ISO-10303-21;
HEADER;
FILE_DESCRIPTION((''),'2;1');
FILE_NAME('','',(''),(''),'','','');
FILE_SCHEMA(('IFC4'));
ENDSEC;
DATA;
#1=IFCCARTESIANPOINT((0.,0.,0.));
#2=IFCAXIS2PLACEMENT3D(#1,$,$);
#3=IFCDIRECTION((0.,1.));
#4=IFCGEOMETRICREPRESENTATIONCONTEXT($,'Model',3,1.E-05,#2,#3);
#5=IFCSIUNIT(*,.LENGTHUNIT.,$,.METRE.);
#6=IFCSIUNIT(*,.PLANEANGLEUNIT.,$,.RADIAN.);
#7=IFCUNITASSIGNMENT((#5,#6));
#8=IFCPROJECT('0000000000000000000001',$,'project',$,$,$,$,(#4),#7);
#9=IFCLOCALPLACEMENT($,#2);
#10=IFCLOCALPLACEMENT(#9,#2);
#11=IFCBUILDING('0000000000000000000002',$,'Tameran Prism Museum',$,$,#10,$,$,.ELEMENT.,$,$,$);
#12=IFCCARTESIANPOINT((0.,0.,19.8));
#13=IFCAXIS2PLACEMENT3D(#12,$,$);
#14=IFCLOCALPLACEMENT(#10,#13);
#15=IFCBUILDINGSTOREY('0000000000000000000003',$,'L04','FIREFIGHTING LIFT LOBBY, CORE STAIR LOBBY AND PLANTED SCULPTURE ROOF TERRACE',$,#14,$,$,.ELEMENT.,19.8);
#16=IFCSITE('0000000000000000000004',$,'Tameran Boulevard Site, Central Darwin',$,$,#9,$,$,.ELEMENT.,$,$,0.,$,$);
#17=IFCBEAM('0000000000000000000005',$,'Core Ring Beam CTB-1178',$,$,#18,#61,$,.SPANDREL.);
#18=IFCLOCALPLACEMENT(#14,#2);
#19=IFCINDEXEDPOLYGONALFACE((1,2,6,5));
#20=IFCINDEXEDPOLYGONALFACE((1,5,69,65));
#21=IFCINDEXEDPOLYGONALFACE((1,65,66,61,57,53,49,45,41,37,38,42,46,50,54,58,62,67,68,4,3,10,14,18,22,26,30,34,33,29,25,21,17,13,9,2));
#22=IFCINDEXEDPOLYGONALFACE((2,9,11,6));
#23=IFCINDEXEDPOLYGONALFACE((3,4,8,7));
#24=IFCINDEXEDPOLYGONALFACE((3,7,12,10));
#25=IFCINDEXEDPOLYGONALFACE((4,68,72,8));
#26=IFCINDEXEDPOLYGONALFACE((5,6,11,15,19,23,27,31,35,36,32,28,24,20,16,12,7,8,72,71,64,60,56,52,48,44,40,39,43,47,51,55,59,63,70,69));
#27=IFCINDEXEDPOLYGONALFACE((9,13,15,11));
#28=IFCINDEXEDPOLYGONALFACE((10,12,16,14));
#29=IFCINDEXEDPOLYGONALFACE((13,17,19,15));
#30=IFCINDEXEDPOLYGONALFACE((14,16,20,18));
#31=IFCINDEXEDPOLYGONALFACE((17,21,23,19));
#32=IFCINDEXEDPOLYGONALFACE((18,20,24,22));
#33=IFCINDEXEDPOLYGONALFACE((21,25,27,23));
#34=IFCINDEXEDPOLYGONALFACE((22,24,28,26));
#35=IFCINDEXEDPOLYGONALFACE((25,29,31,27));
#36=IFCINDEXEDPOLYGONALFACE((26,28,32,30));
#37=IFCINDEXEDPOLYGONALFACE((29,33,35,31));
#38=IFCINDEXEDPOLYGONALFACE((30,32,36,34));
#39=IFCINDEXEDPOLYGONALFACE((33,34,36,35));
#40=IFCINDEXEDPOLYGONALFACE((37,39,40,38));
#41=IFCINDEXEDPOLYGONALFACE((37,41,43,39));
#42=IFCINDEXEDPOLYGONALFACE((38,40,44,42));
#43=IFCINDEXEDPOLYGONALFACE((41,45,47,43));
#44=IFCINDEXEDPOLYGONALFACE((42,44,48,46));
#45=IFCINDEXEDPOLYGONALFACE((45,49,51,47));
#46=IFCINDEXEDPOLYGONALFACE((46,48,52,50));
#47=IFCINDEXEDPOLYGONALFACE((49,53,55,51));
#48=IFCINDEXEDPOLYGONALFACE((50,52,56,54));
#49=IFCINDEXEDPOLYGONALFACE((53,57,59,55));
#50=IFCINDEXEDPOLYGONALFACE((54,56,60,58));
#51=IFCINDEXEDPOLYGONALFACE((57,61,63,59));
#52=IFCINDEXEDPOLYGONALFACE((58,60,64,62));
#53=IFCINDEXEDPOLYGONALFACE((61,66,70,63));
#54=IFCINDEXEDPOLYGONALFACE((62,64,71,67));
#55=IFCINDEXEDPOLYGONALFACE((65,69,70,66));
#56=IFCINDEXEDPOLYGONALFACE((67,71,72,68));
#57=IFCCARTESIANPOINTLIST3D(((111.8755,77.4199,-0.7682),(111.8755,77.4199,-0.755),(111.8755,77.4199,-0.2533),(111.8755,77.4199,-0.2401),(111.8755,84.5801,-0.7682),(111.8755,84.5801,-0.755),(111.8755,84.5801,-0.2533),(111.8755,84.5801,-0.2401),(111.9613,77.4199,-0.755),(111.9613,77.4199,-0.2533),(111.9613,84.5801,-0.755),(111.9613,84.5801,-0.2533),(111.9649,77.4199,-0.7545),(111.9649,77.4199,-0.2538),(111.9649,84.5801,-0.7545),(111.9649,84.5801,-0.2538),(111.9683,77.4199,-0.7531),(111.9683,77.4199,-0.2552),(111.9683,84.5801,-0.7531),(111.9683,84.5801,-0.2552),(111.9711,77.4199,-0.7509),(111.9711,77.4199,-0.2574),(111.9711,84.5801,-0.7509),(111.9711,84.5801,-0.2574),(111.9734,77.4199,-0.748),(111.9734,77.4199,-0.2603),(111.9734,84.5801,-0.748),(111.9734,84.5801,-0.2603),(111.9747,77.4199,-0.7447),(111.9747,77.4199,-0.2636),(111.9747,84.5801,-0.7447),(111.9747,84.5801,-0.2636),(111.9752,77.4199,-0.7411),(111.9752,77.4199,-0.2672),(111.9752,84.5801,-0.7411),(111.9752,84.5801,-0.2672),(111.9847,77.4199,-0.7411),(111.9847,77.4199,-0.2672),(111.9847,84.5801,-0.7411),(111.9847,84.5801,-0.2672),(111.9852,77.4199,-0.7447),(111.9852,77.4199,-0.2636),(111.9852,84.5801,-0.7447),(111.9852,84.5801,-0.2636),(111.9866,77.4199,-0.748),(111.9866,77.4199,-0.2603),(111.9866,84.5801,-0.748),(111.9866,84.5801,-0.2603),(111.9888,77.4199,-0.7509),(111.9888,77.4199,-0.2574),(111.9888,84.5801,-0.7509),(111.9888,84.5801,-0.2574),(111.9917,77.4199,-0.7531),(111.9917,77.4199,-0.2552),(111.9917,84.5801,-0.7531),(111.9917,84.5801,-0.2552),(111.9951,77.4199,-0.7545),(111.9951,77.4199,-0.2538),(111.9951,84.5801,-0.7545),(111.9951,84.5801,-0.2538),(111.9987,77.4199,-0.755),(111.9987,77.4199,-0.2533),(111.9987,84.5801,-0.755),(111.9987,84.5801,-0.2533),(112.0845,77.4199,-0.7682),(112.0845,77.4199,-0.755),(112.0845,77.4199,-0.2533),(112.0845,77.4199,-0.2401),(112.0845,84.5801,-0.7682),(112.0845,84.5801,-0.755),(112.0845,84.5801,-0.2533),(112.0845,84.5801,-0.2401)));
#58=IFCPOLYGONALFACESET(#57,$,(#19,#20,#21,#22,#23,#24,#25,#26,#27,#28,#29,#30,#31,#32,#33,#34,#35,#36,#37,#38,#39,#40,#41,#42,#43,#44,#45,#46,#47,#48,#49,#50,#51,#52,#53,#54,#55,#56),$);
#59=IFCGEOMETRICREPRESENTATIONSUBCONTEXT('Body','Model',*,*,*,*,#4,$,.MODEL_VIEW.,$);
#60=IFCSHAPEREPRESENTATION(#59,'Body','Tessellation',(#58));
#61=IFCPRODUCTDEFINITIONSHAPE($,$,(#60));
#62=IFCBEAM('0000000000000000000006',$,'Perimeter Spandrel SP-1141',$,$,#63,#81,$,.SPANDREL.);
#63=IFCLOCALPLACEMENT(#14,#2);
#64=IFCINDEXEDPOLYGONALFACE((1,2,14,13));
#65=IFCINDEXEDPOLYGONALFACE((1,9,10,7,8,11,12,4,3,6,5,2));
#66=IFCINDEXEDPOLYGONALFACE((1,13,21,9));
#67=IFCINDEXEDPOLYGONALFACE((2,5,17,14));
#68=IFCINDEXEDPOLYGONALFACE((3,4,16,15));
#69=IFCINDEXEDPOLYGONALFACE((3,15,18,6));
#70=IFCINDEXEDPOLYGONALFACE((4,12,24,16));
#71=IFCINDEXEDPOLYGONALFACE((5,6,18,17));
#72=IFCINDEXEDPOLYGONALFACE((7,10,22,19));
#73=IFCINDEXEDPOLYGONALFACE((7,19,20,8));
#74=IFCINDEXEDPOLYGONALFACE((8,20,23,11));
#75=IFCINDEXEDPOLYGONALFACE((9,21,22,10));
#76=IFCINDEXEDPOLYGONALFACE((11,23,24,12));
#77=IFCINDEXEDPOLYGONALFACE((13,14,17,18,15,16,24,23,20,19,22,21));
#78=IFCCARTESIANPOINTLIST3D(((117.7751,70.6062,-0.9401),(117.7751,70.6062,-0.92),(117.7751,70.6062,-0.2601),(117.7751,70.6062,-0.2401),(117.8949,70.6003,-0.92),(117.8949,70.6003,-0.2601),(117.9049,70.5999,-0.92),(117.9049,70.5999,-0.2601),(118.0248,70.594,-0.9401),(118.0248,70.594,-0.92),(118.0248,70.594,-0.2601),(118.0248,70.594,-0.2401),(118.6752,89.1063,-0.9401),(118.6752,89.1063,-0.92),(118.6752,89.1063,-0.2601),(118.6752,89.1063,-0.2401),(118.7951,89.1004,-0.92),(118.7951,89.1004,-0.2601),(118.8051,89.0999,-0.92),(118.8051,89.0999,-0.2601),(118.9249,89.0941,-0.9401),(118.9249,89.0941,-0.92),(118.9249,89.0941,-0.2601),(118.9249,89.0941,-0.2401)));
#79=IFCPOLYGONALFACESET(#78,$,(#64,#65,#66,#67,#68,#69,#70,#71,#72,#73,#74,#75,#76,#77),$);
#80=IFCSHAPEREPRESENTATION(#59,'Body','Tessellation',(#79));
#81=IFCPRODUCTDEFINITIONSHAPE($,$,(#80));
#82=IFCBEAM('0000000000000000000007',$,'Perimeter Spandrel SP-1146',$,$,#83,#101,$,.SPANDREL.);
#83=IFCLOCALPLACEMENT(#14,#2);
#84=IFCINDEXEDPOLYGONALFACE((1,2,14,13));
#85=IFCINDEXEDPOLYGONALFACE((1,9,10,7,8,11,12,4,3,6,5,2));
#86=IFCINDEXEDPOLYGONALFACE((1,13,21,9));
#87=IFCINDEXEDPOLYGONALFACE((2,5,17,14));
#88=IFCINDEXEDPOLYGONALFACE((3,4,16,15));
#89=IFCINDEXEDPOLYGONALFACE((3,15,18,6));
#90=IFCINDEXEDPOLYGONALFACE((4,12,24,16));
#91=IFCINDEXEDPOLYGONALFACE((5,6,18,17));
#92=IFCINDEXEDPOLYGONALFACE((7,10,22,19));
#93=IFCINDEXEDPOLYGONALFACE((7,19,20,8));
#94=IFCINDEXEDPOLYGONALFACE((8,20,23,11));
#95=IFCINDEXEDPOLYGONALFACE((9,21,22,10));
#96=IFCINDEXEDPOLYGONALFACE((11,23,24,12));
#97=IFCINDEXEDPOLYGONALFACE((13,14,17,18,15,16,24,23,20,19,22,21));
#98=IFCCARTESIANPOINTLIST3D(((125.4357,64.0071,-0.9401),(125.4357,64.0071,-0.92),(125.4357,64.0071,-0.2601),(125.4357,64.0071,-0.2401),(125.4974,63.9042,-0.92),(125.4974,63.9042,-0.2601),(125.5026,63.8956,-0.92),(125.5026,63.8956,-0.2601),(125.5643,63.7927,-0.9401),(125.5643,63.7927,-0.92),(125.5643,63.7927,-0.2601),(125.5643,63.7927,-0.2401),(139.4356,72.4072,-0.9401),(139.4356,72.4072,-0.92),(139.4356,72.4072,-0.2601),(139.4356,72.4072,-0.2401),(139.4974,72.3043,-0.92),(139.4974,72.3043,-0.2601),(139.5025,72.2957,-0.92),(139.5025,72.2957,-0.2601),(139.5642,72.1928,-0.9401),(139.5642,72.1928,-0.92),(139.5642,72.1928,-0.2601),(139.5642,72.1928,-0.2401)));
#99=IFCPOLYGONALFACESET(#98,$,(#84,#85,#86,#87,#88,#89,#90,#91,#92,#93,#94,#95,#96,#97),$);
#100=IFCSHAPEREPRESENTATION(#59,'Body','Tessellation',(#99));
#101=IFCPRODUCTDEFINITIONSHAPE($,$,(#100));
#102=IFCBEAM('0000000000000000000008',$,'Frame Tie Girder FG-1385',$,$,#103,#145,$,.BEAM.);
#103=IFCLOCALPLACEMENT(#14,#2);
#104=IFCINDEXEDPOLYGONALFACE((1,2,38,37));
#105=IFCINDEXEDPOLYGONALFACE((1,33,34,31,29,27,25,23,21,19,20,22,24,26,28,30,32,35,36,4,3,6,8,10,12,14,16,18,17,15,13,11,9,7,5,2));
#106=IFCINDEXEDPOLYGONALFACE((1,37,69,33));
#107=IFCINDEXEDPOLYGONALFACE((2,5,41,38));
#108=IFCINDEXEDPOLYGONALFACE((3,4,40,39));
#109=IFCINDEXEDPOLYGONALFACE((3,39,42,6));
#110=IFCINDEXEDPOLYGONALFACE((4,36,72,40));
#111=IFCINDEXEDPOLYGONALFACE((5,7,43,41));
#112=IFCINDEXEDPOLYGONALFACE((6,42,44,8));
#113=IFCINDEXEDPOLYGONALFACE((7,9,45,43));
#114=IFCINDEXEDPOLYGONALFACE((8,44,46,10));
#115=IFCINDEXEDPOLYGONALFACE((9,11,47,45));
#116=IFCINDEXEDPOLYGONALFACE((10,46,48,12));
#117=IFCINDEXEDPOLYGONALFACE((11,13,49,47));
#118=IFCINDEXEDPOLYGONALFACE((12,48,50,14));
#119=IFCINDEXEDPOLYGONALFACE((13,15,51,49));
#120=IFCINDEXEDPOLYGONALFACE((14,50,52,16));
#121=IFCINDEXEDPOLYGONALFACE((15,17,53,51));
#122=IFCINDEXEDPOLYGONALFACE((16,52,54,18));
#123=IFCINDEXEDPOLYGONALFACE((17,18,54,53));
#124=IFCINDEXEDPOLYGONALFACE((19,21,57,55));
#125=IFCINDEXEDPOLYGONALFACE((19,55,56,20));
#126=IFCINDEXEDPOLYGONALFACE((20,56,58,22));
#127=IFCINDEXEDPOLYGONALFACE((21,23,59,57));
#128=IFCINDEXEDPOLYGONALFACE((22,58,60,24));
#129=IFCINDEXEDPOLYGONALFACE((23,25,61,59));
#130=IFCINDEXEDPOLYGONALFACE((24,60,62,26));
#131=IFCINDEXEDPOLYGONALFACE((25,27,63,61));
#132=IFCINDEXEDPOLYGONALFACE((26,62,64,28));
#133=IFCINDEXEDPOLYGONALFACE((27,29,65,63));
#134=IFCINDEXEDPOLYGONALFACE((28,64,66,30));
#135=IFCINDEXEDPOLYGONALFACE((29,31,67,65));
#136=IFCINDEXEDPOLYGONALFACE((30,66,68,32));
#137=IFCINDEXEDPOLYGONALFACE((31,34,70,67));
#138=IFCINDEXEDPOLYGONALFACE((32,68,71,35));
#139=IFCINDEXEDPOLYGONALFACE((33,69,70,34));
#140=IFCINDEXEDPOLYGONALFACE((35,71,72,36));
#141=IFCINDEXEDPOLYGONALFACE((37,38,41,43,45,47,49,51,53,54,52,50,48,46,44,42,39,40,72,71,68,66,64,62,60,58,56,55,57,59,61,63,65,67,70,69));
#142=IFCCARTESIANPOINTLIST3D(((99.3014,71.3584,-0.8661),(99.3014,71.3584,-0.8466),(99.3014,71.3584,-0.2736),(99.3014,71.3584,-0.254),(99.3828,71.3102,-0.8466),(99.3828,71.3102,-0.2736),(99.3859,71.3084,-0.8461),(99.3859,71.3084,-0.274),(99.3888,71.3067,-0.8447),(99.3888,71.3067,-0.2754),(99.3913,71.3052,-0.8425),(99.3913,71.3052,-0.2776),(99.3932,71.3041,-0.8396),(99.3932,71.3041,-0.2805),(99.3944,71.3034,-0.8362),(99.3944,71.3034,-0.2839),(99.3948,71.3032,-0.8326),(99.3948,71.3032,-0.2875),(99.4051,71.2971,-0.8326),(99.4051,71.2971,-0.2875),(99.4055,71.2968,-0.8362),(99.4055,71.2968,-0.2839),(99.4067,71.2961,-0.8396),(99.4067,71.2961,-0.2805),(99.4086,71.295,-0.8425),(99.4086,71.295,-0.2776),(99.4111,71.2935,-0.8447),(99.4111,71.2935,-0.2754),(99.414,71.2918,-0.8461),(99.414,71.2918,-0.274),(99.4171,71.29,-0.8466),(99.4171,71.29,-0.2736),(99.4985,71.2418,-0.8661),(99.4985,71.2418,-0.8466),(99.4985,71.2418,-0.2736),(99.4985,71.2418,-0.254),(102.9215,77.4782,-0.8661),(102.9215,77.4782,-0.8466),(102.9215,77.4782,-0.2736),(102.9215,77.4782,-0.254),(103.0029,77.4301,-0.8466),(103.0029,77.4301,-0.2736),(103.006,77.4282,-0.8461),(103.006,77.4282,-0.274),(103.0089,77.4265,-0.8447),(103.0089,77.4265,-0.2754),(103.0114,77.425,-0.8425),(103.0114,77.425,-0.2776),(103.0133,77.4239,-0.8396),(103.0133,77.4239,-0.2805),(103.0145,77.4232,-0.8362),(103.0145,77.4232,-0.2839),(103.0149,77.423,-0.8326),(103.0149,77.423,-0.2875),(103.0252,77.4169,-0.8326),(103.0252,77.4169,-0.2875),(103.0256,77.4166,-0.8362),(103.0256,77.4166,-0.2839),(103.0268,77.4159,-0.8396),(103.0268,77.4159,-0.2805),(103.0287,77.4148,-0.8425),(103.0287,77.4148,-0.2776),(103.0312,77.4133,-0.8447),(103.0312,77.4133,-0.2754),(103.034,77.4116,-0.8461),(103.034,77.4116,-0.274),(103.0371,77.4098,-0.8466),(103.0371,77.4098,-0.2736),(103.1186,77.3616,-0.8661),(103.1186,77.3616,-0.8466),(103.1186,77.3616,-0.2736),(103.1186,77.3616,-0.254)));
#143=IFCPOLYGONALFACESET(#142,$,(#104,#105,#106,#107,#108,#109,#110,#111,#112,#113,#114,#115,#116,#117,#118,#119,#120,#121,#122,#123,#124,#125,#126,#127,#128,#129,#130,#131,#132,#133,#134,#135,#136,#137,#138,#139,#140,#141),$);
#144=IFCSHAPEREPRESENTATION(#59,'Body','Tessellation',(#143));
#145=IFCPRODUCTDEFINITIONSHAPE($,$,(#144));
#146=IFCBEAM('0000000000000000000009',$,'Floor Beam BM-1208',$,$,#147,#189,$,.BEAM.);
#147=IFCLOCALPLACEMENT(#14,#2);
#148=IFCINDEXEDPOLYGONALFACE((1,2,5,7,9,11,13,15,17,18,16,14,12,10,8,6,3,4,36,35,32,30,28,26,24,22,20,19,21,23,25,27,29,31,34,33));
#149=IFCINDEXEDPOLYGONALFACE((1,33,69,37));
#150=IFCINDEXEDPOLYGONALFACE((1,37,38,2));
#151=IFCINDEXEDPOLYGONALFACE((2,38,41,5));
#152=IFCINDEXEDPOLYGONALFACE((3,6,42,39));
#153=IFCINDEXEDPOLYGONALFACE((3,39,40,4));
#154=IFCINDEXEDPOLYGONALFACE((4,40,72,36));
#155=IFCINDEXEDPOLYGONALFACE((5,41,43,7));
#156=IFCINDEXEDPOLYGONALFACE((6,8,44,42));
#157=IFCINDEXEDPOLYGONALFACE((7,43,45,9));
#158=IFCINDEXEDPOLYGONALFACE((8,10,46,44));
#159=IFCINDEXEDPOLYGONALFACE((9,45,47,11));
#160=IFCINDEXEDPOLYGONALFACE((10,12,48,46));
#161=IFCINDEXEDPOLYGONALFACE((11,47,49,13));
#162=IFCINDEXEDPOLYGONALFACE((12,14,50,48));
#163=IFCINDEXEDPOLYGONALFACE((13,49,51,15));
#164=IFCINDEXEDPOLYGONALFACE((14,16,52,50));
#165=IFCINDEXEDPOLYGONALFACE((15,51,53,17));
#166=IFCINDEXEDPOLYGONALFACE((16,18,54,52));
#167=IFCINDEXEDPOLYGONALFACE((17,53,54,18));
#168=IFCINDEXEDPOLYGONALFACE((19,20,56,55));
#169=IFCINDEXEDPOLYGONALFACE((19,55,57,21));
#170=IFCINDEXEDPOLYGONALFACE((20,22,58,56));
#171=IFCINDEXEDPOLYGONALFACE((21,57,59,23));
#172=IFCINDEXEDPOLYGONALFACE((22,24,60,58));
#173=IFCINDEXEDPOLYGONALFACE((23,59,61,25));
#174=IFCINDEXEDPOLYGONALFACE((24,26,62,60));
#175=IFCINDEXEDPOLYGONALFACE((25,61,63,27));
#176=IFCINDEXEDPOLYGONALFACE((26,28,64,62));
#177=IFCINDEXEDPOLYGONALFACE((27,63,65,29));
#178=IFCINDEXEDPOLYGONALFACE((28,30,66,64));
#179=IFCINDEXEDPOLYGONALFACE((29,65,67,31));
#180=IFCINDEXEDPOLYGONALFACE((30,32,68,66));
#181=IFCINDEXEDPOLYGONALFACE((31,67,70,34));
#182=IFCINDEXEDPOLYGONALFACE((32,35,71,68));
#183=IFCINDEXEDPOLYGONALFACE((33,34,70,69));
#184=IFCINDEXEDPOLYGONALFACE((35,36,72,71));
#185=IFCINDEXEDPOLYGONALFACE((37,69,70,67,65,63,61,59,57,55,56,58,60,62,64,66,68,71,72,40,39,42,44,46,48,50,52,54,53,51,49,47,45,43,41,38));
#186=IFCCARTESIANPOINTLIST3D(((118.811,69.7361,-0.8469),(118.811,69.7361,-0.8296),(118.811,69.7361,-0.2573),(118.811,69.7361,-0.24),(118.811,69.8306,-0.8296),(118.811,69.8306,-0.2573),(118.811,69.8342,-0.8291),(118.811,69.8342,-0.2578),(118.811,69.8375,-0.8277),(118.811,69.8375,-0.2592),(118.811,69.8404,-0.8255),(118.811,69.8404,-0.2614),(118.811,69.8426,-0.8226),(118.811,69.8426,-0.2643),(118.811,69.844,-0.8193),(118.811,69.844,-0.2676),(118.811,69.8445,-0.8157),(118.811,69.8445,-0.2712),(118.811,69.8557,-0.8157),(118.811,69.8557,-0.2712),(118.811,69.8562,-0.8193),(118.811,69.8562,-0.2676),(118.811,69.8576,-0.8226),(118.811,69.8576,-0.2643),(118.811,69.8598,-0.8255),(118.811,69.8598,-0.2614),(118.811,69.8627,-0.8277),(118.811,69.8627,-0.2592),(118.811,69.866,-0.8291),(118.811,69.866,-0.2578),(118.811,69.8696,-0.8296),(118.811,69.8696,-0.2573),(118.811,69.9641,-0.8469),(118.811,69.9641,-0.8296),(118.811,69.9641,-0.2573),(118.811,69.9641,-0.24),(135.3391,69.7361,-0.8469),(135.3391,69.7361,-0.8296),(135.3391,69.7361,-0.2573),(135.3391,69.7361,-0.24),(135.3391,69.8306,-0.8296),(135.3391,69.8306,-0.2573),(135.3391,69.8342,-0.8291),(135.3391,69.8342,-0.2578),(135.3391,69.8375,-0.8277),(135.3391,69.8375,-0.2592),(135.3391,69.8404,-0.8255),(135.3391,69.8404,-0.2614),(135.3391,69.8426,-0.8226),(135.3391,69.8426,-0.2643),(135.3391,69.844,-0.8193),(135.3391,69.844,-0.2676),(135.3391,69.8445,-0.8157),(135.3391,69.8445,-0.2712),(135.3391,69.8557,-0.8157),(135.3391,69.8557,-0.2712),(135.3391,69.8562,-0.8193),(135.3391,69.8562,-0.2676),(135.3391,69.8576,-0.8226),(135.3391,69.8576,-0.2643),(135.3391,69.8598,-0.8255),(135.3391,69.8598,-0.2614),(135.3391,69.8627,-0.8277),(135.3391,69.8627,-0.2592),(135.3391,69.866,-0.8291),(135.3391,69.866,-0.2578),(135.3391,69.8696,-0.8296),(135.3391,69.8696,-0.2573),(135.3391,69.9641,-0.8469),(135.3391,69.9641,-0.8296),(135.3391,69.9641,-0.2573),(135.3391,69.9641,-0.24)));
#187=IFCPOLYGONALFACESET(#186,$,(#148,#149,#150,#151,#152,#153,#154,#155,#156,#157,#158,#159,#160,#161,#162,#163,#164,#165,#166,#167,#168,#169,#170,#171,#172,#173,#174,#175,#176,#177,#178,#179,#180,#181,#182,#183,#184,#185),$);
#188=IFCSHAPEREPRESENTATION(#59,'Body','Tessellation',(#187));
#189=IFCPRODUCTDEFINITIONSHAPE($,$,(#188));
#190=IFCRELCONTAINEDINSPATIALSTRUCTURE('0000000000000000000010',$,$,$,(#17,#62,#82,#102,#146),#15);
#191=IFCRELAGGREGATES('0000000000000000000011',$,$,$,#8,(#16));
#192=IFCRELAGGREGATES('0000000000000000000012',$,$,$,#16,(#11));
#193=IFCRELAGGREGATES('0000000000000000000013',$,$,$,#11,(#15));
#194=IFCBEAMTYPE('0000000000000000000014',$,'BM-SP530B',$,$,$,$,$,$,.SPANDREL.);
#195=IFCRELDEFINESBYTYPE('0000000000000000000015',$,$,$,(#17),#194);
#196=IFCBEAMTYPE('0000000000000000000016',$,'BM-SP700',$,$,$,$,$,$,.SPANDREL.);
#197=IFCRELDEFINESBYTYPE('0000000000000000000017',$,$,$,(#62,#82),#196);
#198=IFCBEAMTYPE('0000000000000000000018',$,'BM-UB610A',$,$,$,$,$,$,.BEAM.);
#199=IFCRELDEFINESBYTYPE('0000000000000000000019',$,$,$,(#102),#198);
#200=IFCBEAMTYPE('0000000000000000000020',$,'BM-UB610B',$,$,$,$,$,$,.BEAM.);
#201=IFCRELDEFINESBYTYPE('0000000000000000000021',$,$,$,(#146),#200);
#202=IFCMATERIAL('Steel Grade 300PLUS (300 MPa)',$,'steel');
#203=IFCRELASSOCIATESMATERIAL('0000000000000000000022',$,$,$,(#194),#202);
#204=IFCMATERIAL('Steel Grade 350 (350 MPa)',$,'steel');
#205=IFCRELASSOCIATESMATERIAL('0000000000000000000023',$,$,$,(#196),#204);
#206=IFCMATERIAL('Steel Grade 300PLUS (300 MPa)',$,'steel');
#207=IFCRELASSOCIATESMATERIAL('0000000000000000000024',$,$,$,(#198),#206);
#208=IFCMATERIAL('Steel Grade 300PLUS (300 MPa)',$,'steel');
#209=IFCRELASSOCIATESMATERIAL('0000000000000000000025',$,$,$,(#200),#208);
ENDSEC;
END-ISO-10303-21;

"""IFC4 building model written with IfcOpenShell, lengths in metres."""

from ifc_helpers import new_model, si_unit, direction, frame, origin, origin_2d, place, context, subcontext, project, spatial, i_section, extrude, material, material_profile, profile_set, type_object, element, save


model = new_model("IFC4")

# Units and contexts
model_context = context("Model", 3, precision=1e-05, world=origin(), true_north=direction((0.0, 1.0)))
body_context = subcontext(model_context, "Body", "Model", "MODEL_VIEW")
ifc_project = project(units=[si_unit("LENGTHUNIT", "METRE"), si_unit("PLANEANGLEUNIT", "RADIAN")], contexts=[model_context])

# Site, building, storey
site_placement = place(None, origin())
site = spatial("IfcSite", under=ifc_project, at=site_placement, Name="Tameran Boulevard Site, Central Darwin", CompositionType="ELEMENT", RefElevation=0.0)
building_placement = place(site_placement, origin())
building = spatial("IfcBuilding", under=site, at=building_placement, Name="Tameran Prism Museum", CompositionType="ELEMENT")
storey_placement = place(building_placement, frame((0.0, 0.0, 19.8)))
storey = spatial("IfcBuildingStorey", under=building, at=storey_placement, Name="L04", Description="FIREFIGHTING LIFT LOBBY, CORE STAIR LOBBY AND PLANTED SCULPTURE ROOF TERRACE", CompositionType="ELEMENT", Elevation=19.8)

# Beams
ifc_material_1 = material(Name="Steel Grade 300PLUS (300 MPa)", Category="steel")
ifc_material_profile_1 = material_profile(ifc_material_1, i_section(OverallWidth=0.209, OverallDepth=0.5281, WebThickness=0.0095, FlangeThickness=0.0132, FilletRadius=0.0139, at=origin_2d()))
ifc_profile_set_1 = profile_set([ifc_material_profile_1])
beam_type_1 = type_object("IfcBeamType", Name="BM-SP530B", PredefinedType="SPANDREL", material=ifc_profile_set_1)
beam_1_placement = place(storey_placement, frame((111.98, 77.4199, -0.5042), z_axis=(0.0, 1.0, 0.0), x_axis=(-1.0, 0.0, 0.0)))
element("IfcBeam", 1, at=beam_1_placement, inside=storey, type_object=beam_type_1, Name="Core Ring Beam CTB-1178", PredefinedType="SPANDREL", context=body_context, shape_type="SweptSolid", body=[
    extrude(i_section(OverallWidth=0.209, OverallDepth=0.5281, WebThickness=0.0095, FlangeThickness=0.0132, FilletRadius=0.0139, at=origin_2d()), origin(), (0.0, 0.0, 1.0), 7.1602),
])
ifc_material_2 = material(Name="Steel Grade 350 (350 MPa)", Category="steel")
ifc_material_profile_2 = material_profile(ifc_material_2, i_section(OverallWidth=0.25, OverallDepth=0.7, WebThickness=0.01, FlangeThickness=0.02, at=origin_2d()))
ifc_profile_set_2 = profile_set([ifc_material_profile_2])
beam_type_2 = type_object("IfcBeamType", Name="BM-SP700", PredefinedType="SPANDREL", material=ifc_profile_set_2)
beam_2_placement = place(storey_placement, frame((117.8999, 70.6001, -0.5901), z_axis=(0.048599, 0.998818, 0.0), x_axis=(-0.998818, 0.048599, 0.0)))
element("IfcBeam", 2, at=beam_2_placement, inside=storey, type_object=beam_type_2, Name="Perimeter Spandrel SP-1141", PredefinedType="SPANDREL", context=body_context, shape_type="SweptSolid", body=[
    extrude(i_section(OverallWidth=0.25, OverallDepth=0.7, WebThickness=0.01, FlangeThickness=0.02, at=origin_2d()), origin(), (0.0, 0.0, 1.0), 18.522),
])
beam_3_placement = place(storey_placement, frame((125.5, 63.8999, -0.5901), z_axis=(0.857489, 0.514502, 0.0), x_axis=(-0.514502, 0.857489, 0.0)))
element("IfcBeam", 3, at=beam_3_placement, inside=storey, type_object=beam_type_2, Name="Perimeter Spandrel SP-1146", PredefinedType="SPANDREL", context=body_context, shape_type="SweptSolid", body=[
    extrude(i_section(OverallWidth=0.25, OverallDepth=0.7, WebThickness=0.01, FlangeThickness=0.02, at=origin_2d()), origin(), (0.0, 0.0, 1.0), 16.3267),
])
ifc_material_3 = material(Name="Steel Grade 300PLUS (300 MPa)", Category="steel")
ifc_material_profile_3 = material_profile(ifc_material_3, i_section(OverallWidth=0.229, OverallDepth=0.6121, WebThickness=0.012, FlangeThickness=0.0195, FilletRadius=0.0139, at=origin_2d()))
ifc_profile_set_3 = profile_set([ifc_material_profile_3])
beam_type_3 = type_object("IfcBeamType", Name="BM-UB610A", PredefinedType="BEAM", material=ifc_profile_set_3)
beam_4_placement = place(storey_placement, frame((103.02, 77.4199, -0.5601), z_axis=(-0.509128, -0.860691, 0.0), x_axis=(0.860691, -0.509128, 0.0)))
element("IfcBeam", 4, at=beam_4_placement, inside=storey, type_object=beam_type_3, Name="Frame Tie Girder FG-1385", PredefinedType="BEAM", context=body_context, shape_type="SweptSolid", body=[
    extrude(i_section(OverallWidth=0.229, OverallDepth=0.6121, WebThickness=0.012, FlangeThickness=0.0195, FilletRadius=0.0139, at=origin_2d()), origin(), (0.0, 0.0, 1.0), 7.1104),
])
ifc_material_4 = material(Name="Steel Grade 300PLUS (300 MPa)", Category="steel")
ifc_material_profile_4 = material_profile(ifc_material_4, i_section(OverallWidth=0.228, OverallDepth=0.6069, WebThickness=0.0112, FlangeThickness=0.0173, FilletRadius=0.0139, at=origin_2d()))
ifc_profile_set_4 = profile_set([ifc_material_profile_4])
beam_type_4 = type_object("IfcBeamType", Name="BM-UB610B", PredefinedType="BEAM", material=ifc_profile_set_4)
beam_5_placement = place(storey_placement, frame((118.811, 69.8501, -0.5435), z_axis=(1.0, 0.0, 0.0), x_axis=(0.0, 1.0, 0.0)))
element("IfcBeam", 5, at=beam_5_placement, inside=storey, type_object=beam_type_4, Name="Floor Beam BM-1208", PredefinedType="BEAM", context=body_context, shape_type="SweptSolid", body=[
    extrude(i_section(OverallWidth=0.228, OverallDepth=0.6069, WebThickness=0.0112, FlangeThickness=0.0173, FilletRadius=0.0139, at=origin_2d()), origin(), (0.0, 0.0, 1.0), 16.5281),
])

save(model, "model.ifc")
